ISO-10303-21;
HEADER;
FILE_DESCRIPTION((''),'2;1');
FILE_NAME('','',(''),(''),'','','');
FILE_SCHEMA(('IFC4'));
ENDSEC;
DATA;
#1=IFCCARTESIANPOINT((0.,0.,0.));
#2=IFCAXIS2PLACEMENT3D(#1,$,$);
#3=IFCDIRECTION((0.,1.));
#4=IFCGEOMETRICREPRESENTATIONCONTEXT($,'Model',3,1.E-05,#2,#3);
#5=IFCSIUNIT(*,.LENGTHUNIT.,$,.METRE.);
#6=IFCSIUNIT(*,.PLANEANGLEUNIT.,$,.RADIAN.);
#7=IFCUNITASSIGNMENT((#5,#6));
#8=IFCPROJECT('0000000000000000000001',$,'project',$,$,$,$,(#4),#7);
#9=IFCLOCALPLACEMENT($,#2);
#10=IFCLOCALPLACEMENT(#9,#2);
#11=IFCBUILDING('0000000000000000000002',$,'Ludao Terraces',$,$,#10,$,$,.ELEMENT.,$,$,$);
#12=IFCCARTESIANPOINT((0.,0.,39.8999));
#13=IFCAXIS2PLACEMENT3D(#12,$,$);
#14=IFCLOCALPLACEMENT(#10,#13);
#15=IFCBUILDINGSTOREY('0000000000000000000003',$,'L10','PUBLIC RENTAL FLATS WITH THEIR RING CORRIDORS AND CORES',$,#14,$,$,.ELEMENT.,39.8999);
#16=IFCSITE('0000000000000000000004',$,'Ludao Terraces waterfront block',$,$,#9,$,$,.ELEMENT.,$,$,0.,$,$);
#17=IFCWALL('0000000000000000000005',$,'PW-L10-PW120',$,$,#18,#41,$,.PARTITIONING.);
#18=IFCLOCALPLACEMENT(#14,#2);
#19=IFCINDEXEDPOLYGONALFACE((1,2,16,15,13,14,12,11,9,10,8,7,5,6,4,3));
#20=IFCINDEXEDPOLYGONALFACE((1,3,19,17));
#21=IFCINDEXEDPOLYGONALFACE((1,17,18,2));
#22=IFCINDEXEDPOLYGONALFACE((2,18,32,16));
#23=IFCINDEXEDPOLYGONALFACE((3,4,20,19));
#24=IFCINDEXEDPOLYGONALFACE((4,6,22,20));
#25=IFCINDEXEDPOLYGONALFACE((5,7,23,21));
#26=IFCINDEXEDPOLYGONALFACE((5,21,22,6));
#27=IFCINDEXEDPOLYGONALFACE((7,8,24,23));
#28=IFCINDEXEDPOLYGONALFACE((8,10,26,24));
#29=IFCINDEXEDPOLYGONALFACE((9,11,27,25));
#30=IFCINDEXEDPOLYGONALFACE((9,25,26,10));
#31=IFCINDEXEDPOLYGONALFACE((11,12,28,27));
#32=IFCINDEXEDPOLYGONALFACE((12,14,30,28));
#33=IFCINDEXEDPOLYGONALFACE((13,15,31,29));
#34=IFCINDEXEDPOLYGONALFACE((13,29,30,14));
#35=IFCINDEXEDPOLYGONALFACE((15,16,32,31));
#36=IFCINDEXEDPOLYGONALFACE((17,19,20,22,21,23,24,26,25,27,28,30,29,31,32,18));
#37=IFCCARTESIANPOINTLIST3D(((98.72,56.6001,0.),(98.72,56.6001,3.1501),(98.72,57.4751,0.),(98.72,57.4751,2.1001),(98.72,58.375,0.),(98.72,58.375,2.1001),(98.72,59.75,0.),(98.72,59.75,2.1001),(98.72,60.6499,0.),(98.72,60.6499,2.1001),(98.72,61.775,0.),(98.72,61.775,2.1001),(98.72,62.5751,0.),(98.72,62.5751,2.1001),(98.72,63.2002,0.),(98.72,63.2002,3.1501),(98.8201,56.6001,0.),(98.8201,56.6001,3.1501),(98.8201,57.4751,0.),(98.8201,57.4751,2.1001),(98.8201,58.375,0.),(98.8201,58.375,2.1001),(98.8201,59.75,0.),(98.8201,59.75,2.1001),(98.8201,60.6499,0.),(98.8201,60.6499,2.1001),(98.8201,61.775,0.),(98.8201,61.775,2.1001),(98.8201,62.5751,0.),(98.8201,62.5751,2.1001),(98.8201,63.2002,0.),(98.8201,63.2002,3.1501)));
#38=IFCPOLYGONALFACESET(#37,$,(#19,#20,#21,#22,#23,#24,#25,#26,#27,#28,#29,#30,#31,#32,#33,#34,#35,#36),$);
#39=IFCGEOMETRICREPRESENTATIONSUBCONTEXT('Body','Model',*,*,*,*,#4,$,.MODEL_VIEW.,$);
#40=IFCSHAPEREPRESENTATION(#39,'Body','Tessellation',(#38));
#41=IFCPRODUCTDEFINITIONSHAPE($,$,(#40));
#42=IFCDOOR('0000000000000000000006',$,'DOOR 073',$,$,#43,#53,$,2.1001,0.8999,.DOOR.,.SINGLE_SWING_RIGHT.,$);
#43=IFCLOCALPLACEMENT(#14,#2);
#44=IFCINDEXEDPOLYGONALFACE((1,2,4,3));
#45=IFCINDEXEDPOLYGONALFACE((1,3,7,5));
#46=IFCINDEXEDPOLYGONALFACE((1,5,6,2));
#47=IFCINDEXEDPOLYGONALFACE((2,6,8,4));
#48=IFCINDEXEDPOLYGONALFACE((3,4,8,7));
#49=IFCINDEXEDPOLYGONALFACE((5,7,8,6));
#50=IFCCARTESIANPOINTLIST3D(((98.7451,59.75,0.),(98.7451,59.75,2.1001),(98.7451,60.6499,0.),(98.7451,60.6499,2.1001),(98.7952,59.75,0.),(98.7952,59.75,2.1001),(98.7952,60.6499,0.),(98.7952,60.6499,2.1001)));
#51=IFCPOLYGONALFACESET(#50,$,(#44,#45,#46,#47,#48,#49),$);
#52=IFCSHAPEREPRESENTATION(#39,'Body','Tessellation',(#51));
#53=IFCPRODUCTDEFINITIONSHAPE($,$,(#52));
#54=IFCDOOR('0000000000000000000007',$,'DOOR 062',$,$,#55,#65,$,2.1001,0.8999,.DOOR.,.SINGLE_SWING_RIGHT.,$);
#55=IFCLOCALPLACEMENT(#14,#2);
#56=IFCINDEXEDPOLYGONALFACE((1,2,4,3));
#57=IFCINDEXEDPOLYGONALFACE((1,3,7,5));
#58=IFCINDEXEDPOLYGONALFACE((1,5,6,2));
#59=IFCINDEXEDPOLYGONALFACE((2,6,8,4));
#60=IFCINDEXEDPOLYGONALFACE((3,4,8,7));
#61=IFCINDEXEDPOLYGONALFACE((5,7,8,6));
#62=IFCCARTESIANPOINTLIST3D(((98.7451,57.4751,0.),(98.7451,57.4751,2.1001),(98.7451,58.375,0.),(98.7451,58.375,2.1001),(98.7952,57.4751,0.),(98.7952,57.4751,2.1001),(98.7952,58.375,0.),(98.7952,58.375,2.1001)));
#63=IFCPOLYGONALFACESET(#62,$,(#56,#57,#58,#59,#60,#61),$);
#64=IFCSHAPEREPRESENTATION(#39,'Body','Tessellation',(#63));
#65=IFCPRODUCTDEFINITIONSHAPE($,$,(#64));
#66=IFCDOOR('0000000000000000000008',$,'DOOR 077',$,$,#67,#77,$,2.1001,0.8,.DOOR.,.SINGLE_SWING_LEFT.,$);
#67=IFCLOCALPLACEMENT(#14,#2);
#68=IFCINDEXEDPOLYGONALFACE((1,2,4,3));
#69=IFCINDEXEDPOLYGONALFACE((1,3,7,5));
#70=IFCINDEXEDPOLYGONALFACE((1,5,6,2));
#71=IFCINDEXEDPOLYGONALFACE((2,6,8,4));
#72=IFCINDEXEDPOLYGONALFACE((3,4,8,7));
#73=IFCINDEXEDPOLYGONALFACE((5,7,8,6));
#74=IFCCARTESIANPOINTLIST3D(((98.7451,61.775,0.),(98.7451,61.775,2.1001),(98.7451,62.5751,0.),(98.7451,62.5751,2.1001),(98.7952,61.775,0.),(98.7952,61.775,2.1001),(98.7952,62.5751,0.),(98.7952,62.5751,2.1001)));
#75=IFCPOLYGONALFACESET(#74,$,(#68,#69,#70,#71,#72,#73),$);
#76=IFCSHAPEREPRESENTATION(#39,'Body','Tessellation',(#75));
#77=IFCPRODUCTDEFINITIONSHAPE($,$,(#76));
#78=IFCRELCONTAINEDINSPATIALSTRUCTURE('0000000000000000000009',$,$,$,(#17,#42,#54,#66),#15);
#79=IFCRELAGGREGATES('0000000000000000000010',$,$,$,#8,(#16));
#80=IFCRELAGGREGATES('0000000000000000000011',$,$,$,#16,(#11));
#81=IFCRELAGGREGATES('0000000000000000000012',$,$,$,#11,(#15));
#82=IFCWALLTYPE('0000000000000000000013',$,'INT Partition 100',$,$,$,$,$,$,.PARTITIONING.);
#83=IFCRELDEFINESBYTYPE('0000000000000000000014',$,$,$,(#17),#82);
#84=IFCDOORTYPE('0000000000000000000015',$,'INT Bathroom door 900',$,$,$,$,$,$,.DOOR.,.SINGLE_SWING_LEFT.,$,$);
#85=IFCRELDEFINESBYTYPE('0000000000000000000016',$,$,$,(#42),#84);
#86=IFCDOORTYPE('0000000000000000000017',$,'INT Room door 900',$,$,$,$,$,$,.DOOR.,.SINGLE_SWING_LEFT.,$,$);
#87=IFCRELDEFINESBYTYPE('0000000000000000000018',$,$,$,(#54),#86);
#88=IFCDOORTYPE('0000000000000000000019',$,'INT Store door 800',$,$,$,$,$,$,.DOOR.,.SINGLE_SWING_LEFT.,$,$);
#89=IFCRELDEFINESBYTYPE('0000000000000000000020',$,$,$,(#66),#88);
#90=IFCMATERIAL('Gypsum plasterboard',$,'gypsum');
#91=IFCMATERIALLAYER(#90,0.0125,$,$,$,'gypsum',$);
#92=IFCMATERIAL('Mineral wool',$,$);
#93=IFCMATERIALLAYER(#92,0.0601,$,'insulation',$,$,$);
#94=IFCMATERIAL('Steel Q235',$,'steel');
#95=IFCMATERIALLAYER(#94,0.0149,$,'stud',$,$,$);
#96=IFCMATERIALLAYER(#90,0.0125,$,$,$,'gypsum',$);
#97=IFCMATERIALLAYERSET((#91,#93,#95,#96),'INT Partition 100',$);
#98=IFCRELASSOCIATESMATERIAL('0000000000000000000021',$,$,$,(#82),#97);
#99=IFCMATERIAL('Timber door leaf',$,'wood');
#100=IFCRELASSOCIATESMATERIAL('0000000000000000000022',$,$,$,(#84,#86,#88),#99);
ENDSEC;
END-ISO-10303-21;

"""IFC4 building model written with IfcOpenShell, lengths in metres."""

from ifc_helpers import new_model, si_unit, direction, frame, frame_2d, origin, place, context, subcontext, project, spatial, rectangle, extrude, material, layer, layer_set, type_object, element, fill, save


model = new_model("IFC4")

# Units and contexts
model_context = context("Model", 3, precision=1e-05, world=origin(), true_north=direction((0.0, 1.0)))
body_context = subcontext(model_context, "Body", "Model", "MODEL_VIEW")
ifc_project = project(units=[si_unit("LENGTHUNIT", "METRE"), si_unit("PLANEANGLEUNIT", "RADIAN")], contexts=[model_context])

# Site, building, storey
site_placement = place(None, origin())
site = spatial("IfcSite", under=ifc_project, at=site_placement, Name="Ludao Terraces waterfront block", CompositionType="ELEMENT", RefElevation=0.0)
building_placement = place(site_placement, origin())
building = spatial("IfcBuilding", under=site, at=building_placement, Name="Ludao Terraces", CompositionType="ELEMENT")
storey_placement = place(building_placement, frame((0.0, 0.0, 39.8999)))
storey = spatial("IfcBuildingStorey", under=building, at=storey_placement, Name="L10", Description="PUBLIC RENTAL FLATS WITH THEIR RING CORRIDORS AND CORES", CompositionType="ELEMENT", Elevation=39.8999)

# Shared definitions
ifc_material_1 = material(Name="Steel Q235", Category="steel")

# Shared definitions
ifc_material_2 = material(Name="Gypsum plasterboard", Category="gypsum")
ifc_layer_1 = layer(ifc_material_2, 0.0125, Category="gypsum")
ifc_material_3 = material(Name="Mineral wool")
ifc_layer_2 = layer(ifc_material_3, 0.0601, Name="insulation")
ifc_layer_3 = layer(ifc_material_1, 0.0149, Name="stud")
ifc_layer_4 = layer(ifc_material_2, 0.0125, Category="gypsum")
ifc_layer_set_1 = layer_set([ifc_layer_1, ifc_layer_2, ifc_layer_3, ifc_layer_4], Name="INT Partition 100")
wall_type_1 = type_object("IfcWallType", Name="INT Partition 100", PredefinedType="PARTITIONING", material=ifc_layer_set_1)

# Wall, openings, doors
wall_1_placement = place(storey_placement, frame((98.77, 56.6001, 0.0), z_axis=(0.0, 0.0, 1.0), x_axis=(0.0, 1.0, 0.0)))
wall_1 = element("IfcWall", 1, at=wall_1_placement, inside=storey, type_object=wall_type_1, Name="PW-L10-PW120", PredefinedType="PARTITIONING", context=body_context, shape_type="SweptSolid", body=[
    extrude(rectangle(XDim=6.6001, YDim=0.1001, at=frame_2d((3.3, 0.0))), origin(), (0.0, 0.0, 1.0), 3.1501),
])
opening_1_placement = place(wall_1_placement, frame((0.875, 0.0, 0.0)))
opening_1 = element("IfcOpeningElement", 2, at=opening_1_placement, cuts=wall_1, PredefinedType="OPENING", context=body_context, shape_type="SweptSolid", body=[
    extrude(rectangle(XDim=0.8999, YDim=2.1001, at=frame_2d((0.45, 1.05))), frame((0.0, 0.0601, 0.0), z_axis=(0.0, -1.0, 0.0), x_axis=(1.0, 0.0, 0.0)), (0.0, 0.0, 1.0), 0.1201),
])
opening_2_placement = place(wall_1_placement, frame((3.1499, 0.0, 0.0)))
opening_2 = element("IfcOpeningElement", 3, at=opening_2_placement, cuts=wall_1, PredefinedType="OPENING", context=body_context, shape_type="SweptSolid", body=[
    extrude(rectangle(XDim=0.8999, YDim=2.1001, at=frame_2d((0.45, 1.05))), frame((0.0, 0.0601, 0.0), z_axis=(0.0, -1.0, 0.0), x_axis=(1.0, 0.0, 0.0)), (0.0, 0.0, 1.0), 0.1201),
])
opening_3_placement = place(wall_1_placement, frame((5.175, 0.0, 0.0)))
opening_3 = element("IfcOpeningElement", 4, at=opening_3_placement, cuts=wall_1, PredefinedType="OPENING", context=body_context, shape_type="SweptSolid", body=[
    extrude(rectangle(XDim=0.8, YDim=2.1001, at=frame_2d((0.3999, 1.05))), frame((0.0, 0.0601, 0.0), z_axis=(0.0, -1.0, 0.0), x_axis=(1.0, 0.0, 0.0)), (0.0, 0.0, 1.0), 0.1201),
])
ifc_material_4 = material(Name="Timber door leaf", Category="wood")
door_type_1 = type_object("IfcDoorType", Name="INT Bathroom door 900", OperationType="SINGLE_SWING_LEFT", PredefinedType="DOOR", material=ifc_material_4)
door_1_placement = place(opening_2_placement, origin())
door_1 = element("IfcDoor", 5, at=door_1_placement, inside=storey, type_object=door_type_1, Name="DOOR 073", OperationType="SINGLE_SWING_RIGHT", OverallHeight=2.1001, OverallWidth=0.8999, PredefinedType="DOOR", context=body_context, shape_type="SweptSolid", body=[
    extrude(rectangle(XDim=0.8999, YDim=2.1001, at=frame_2d((0.45, 1.05))), frame((0.0, 0.0249, 0.0), z_axis=(0.0, -1.0, 0.0), x_axis=(1.0, 0.0, 0.0)), (0.0, 0.0, 1.0), 0.05),
])
fill(opening_2, door_1)
door_type_2 = type_object("IfcDoorType", Name="INT Room door 900", OperationType="SINGLE_SWING_LEFT", PredefinedType="DOOR", material=ifc_material_4)
door_2_placement = place(opening_1_placement, origin())
door_2 = element("IfcDoor", 6, at=door_2_placement, inside=storey, type_object=door_type_2, Name="DOOR 062", OperationType="SINGLE_SWING_RIGHT", OverallHeight=2.1001, OverallWidth=0.8999, PredefinedType="DOOR", context=body_context, shape_type="SweptSolid", body=[
    extrude(rectangle(XDim=0.8999, YDim=2.1001, at=frame_2d((0.45, 1.05))), frame((0.0, 0.0249, 0.0), z_axis=(0.0, -1.0, 0.0), x_axis=(1.0, 0.0, 0.0)), (0.0, 0.0, 1.0), 0.05),
])
fill(opening_1, door_2)
door_type_3 = type_object("IfcDoorType", Name="INT Store door 800", OperationType="SINGLE_SWING_LEFT", PredefinedType="DOOR", material=ifc_material_4)
door_3_placement = place(opening_3_placement, origin())
door_3 = element("IfcDoor", 7, at=door_3_placement, inside=storey, type_object=door_type_3, Name="DOOR 077", OperationType="SINGLE_SWING_LEFT", OverallHeight=2.1001, OverallWidth=0.8, PredefinedType="DOOR", context=body_context, shape_type="SweptSolid", body=[
    extrude(rectangle(XDim=0.8, YDim=2.1001, at=frame_2d((0.3999, 1.05))), frame((0.0, 0.0249, 0.0), z_axis=(0.0, -1.0, 0.0), x_axis=(1.0, 0.0, 0.0)), (0.0, 0.0, 1.0), 0.05),
])
fill(opening_3, door_3)

save(model, "model.ifc")
